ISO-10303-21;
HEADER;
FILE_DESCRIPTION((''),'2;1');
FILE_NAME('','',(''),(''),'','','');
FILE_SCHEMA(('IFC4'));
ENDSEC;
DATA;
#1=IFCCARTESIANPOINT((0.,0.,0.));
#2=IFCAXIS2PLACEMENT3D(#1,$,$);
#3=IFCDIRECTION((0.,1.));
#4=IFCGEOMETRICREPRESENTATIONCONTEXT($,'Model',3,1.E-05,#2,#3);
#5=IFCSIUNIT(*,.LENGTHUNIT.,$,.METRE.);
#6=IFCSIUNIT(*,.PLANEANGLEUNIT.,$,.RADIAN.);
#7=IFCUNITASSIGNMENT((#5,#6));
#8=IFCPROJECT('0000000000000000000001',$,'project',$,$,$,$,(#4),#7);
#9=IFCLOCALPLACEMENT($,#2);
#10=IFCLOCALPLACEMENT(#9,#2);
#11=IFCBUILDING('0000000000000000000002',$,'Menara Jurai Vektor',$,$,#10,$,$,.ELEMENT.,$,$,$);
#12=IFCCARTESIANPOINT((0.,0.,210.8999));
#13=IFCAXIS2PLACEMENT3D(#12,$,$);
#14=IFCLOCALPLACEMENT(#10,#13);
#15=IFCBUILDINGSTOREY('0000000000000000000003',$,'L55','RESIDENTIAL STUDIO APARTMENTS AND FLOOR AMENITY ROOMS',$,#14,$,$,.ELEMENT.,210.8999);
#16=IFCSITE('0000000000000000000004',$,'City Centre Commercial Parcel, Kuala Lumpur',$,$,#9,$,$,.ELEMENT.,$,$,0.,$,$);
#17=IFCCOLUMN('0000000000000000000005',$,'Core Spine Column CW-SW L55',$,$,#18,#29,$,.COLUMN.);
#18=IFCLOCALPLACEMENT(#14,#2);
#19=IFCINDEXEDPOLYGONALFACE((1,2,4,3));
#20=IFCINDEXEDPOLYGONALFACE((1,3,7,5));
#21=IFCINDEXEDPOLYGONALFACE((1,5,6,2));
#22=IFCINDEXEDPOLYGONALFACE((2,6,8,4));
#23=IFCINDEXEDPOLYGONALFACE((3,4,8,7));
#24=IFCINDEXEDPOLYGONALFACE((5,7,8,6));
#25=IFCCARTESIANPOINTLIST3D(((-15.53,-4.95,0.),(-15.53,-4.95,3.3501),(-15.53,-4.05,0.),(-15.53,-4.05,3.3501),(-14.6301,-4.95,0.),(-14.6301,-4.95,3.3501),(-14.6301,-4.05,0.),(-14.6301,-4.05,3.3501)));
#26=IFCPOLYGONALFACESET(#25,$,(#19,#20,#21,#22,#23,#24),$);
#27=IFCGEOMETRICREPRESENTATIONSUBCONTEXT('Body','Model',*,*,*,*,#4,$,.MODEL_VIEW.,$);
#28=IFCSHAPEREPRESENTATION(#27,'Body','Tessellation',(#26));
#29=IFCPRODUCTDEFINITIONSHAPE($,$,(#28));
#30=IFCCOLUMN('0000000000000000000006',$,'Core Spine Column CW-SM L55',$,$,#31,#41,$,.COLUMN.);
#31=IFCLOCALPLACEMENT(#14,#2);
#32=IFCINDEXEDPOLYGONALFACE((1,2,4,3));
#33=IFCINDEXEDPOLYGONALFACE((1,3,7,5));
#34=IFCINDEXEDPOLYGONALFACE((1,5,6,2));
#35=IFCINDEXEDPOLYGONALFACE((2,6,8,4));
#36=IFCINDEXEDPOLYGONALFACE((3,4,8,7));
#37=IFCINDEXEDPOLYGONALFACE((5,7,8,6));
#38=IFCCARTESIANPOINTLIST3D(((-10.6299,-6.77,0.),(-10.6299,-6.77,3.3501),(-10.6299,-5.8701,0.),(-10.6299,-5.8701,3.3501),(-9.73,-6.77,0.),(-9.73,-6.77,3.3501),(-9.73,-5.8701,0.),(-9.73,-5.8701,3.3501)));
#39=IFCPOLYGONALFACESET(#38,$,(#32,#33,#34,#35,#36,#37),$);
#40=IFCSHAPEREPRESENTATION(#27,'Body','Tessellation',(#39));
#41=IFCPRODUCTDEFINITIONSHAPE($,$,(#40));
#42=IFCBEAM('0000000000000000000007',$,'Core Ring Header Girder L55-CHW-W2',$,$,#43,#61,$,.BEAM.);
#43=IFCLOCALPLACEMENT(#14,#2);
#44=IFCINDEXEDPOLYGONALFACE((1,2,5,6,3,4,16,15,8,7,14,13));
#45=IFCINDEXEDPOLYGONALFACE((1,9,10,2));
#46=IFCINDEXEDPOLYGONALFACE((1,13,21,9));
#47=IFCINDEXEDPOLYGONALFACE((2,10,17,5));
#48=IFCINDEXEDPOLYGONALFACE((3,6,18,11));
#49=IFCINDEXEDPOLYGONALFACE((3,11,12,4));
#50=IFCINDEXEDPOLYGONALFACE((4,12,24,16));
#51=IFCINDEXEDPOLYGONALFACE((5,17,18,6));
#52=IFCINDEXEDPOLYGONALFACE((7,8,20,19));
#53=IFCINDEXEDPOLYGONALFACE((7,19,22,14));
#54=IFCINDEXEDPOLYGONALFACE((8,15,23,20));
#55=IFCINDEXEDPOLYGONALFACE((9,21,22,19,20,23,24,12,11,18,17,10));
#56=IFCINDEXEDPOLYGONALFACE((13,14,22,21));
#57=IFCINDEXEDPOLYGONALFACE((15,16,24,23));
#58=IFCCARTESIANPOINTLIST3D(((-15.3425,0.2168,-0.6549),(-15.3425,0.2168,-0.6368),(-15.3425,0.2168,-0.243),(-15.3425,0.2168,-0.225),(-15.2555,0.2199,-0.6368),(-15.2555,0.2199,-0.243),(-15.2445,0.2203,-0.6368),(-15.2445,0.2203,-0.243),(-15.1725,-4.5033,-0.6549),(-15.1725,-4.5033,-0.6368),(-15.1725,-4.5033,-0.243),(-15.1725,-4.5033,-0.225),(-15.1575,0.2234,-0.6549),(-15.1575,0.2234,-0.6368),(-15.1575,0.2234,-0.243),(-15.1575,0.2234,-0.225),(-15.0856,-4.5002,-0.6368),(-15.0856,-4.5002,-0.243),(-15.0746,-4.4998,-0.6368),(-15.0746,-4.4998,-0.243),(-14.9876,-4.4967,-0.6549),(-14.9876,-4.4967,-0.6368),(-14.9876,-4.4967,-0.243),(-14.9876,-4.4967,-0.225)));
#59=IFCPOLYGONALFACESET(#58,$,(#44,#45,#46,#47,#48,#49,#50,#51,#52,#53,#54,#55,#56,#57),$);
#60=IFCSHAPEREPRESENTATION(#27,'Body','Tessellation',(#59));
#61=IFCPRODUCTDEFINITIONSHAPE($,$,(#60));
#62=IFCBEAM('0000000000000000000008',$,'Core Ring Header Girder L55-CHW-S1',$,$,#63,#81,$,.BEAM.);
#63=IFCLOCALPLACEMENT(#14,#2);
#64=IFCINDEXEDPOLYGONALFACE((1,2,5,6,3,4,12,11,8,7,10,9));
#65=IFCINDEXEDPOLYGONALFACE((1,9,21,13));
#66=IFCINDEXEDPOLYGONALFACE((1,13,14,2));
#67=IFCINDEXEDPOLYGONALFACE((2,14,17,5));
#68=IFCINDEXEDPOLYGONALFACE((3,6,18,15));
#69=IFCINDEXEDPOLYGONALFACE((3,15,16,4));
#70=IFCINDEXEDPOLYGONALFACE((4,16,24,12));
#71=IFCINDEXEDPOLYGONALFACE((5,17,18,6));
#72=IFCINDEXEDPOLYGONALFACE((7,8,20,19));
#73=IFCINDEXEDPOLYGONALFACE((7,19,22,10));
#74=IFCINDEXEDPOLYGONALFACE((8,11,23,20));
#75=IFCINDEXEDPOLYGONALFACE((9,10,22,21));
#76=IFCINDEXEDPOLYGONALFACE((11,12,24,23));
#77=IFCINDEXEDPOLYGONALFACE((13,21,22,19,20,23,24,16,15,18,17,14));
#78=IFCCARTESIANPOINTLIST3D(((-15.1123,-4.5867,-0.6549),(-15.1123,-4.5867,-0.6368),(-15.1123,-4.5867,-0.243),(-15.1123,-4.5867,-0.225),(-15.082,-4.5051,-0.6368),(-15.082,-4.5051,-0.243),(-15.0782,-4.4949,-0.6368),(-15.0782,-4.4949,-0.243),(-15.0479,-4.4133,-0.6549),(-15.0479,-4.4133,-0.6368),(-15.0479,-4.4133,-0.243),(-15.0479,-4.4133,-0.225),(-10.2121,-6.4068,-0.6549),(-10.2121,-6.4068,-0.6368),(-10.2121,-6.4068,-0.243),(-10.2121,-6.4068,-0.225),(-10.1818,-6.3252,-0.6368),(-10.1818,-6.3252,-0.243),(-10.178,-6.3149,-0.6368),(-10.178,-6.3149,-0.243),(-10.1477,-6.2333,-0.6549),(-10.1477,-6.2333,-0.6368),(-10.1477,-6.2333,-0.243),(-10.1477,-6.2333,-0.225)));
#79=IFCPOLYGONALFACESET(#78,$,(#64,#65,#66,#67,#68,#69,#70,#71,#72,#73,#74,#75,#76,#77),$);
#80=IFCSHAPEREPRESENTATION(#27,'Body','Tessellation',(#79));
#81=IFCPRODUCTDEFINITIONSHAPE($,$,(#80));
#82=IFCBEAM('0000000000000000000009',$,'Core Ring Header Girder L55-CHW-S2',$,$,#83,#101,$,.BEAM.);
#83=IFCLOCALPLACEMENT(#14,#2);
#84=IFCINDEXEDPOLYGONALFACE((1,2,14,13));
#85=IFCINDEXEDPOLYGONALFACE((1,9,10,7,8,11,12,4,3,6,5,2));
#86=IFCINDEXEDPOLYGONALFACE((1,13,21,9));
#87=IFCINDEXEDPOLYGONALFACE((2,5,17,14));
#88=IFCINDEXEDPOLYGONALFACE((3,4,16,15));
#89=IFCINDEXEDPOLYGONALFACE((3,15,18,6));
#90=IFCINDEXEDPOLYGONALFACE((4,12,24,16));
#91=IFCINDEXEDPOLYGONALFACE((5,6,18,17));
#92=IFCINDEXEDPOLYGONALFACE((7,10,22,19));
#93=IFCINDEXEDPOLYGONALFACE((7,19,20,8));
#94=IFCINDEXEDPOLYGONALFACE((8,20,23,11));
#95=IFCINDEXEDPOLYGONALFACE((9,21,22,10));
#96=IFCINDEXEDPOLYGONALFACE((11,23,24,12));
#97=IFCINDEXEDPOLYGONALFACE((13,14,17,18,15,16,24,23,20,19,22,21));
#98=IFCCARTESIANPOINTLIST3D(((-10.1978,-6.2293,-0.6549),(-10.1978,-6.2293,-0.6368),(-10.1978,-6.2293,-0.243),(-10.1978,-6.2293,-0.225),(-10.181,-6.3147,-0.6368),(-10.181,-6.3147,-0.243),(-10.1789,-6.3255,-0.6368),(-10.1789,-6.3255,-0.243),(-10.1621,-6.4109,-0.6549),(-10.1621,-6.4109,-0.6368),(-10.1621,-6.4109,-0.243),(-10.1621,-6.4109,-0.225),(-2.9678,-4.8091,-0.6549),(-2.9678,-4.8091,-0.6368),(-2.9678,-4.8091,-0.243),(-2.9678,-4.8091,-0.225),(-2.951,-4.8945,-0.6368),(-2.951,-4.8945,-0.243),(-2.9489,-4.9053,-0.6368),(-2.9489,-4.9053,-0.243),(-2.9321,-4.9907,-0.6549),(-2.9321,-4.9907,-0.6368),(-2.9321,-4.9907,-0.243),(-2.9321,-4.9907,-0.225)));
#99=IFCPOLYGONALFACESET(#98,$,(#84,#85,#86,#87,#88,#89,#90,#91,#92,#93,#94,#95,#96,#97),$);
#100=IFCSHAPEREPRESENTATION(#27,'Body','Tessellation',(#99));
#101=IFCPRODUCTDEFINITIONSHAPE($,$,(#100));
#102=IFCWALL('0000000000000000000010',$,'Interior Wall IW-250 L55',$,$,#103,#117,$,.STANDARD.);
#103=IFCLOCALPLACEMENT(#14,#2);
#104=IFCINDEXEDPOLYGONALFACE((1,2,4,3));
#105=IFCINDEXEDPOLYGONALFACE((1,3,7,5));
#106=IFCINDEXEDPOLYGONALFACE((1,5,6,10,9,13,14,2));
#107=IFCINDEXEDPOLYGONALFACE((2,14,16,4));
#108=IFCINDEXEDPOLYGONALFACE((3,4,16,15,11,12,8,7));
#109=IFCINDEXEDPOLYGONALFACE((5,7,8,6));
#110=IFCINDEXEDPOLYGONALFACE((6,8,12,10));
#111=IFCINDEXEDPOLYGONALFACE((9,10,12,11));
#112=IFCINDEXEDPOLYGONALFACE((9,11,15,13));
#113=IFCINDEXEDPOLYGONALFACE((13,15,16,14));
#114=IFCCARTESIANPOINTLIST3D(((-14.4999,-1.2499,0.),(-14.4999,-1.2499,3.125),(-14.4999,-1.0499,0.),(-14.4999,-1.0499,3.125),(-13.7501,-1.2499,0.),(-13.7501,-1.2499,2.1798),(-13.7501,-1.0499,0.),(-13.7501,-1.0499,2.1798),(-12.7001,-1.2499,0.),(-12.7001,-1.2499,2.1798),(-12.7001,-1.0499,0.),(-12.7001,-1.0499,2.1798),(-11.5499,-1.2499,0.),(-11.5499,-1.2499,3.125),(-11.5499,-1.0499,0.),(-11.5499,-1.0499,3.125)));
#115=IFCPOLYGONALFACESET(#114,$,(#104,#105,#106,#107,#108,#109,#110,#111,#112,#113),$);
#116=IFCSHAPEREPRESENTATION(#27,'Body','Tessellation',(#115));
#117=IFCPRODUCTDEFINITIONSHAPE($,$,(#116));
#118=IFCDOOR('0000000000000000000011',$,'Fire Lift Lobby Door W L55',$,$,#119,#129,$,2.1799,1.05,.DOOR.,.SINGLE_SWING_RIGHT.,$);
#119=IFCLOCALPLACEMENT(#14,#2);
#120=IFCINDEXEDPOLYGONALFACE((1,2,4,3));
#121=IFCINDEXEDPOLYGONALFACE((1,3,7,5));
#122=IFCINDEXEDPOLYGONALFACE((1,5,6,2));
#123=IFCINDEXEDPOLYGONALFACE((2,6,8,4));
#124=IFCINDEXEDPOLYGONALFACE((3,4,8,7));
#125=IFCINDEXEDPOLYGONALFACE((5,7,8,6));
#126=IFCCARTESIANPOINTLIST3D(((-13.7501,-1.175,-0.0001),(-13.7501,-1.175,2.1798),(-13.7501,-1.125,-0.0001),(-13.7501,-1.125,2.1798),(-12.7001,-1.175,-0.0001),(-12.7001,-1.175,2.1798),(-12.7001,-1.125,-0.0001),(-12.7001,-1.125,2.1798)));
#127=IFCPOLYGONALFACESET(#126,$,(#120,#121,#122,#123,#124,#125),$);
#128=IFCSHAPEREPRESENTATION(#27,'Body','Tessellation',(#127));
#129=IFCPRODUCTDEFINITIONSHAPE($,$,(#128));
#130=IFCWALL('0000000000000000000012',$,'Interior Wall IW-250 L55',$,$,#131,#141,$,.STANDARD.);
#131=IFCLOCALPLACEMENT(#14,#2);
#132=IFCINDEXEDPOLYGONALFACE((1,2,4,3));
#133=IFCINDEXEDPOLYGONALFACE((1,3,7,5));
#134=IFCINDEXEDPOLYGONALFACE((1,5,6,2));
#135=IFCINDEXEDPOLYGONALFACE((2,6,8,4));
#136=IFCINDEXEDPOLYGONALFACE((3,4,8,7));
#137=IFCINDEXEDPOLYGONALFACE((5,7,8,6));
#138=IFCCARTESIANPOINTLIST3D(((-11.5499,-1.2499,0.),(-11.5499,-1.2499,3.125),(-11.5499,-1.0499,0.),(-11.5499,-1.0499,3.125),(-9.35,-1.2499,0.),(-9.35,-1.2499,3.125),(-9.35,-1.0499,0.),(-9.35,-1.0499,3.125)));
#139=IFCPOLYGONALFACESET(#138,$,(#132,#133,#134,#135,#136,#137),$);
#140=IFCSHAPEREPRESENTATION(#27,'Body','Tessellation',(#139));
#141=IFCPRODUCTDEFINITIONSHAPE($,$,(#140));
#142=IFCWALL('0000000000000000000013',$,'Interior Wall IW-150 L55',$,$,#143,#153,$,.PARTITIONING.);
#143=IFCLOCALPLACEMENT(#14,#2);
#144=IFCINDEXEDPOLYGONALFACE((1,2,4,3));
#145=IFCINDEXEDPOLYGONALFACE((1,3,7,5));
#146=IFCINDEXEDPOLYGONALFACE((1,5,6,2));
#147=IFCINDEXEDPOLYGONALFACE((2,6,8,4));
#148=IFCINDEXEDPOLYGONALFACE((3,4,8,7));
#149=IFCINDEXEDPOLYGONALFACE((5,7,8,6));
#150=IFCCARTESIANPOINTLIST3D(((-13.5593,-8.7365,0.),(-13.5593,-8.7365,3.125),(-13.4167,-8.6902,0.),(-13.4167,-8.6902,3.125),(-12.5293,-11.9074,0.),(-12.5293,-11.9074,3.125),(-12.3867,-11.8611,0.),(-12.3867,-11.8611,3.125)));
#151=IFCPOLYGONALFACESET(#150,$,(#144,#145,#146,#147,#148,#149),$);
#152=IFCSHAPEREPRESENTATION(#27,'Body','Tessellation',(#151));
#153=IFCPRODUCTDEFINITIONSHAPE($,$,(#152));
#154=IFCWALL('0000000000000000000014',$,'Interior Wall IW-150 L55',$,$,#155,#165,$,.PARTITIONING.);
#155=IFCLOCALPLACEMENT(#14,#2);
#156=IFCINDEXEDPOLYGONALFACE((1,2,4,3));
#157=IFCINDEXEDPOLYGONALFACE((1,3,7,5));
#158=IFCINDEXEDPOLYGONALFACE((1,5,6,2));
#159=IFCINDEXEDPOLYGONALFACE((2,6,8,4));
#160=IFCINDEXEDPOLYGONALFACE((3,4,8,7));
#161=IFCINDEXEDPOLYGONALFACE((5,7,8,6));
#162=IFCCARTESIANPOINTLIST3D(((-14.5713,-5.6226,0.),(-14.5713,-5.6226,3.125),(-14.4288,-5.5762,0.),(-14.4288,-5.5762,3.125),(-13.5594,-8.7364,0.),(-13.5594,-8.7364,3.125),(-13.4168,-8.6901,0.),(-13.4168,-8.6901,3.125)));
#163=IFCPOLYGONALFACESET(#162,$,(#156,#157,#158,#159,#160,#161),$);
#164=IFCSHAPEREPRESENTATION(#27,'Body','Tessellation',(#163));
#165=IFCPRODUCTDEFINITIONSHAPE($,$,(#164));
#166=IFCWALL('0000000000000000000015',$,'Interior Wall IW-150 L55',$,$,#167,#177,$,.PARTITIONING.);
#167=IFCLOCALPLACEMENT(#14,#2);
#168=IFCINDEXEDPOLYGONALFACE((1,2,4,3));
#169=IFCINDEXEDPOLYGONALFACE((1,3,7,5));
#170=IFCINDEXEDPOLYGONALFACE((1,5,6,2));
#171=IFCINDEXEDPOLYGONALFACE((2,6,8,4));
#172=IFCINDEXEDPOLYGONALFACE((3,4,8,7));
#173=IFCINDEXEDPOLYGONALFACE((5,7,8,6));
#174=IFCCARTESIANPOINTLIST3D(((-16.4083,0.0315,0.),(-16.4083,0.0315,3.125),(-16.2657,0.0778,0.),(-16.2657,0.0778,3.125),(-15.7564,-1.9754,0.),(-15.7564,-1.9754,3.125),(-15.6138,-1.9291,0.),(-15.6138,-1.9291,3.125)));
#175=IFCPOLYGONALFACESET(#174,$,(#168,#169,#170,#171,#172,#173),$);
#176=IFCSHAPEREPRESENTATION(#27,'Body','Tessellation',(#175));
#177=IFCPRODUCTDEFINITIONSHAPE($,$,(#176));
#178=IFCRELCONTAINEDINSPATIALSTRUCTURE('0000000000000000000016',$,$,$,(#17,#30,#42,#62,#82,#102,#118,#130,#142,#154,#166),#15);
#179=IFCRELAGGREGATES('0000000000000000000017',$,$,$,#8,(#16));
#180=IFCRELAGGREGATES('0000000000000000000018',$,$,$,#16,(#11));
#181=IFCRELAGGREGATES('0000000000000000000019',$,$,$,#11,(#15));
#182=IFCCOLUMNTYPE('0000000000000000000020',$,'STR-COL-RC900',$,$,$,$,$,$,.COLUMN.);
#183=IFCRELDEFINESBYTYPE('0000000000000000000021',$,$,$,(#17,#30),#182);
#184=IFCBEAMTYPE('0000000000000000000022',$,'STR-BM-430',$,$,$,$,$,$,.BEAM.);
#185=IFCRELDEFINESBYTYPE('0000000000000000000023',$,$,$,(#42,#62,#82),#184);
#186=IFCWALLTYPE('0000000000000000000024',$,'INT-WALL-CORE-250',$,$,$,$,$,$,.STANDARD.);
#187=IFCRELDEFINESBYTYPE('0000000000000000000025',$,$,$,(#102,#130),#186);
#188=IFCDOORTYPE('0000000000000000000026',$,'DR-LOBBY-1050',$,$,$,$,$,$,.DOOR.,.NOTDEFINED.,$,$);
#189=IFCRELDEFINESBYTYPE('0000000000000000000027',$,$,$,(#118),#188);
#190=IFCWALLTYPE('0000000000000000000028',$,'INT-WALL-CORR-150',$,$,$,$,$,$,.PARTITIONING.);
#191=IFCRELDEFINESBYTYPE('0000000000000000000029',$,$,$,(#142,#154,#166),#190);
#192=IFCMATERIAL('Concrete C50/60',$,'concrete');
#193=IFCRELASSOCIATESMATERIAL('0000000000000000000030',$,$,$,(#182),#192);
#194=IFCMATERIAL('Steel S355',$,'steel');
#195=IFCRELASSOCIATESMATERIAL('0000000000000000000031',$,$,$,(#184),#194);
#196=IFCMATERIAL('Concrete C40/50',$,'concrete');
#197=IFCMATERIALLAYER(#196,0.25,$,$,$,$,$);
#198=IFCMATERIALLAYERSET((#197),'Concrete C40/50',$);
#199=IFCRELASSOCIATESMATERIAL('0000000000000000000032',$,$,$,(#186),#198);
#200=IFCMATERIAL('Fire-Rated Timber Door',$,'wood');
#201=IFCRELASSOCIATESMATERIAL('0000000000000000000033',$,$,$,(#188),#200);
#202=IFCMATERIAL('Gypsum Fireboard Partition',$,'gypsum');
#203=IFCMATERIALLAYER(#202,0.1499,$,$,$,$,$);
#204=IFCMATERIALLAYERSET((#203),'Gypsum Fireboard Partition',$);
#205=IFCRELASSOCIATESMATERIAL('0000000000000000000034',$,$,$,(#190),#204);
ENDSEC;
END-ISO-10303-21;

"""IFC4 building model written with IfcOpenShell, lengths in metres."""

from ifc_helpers import new_model, si_unit, direction, frame, frame_2d, origin, origin_2d, place, context, subcontext, project, spatial, rectangle, i_section, extrude, material, layer, layer_set, material_profile, profile_set, type_object, element, fill, save


model = new_model("IFC4")

# Units and contexts
model_context = context("Model", 3, precision=1e-05, world=origin(), true_north=direction((0.0, 1.0)))
body_context = subcontext(model_context, "Body", "Model", "MODEL_VIEW")
ifc_project = project(units=[si_unit("LENGTHUNIT", "METRE"), si_unit("PLANEANGLEUNIT", "RADIAN")], contexts=[model_context])

# Site, building, storey
site_placement = place(None, origin())
site = spatial("IfcSite", under=ifc_project, at=site_placement, Name="City Centre Commercial Parcel, Kuala Lumpur", CompositionType="ELEMENT", RefElevation=0.0)
building_placement = place(site_placement, origin())
building = spatial("IfcBuilding", under=site, at=building_placement, Name="Menara Jurai Vektor", CompositionType="ELEMENT")
storey_placement = place(building_placement, frame((0.0, 0.0, 210.8999)))
storey = spatial("IfcBuildingStorey", under=building, at=storey_placement, Name="L55", Description="RESIDENTIAL STUDIO APARTMENTS AND FLOOR AMENITY ROOMS", CompositionType="ELEMENT", Elevation=210.8999)

# Columns
ifc_material_1 = material(Name="Concrete C50/60", Category="concrete")
ifc_material_profile_1 = material_profile(ifc_material_1, rectangle(XDim=0.8999, YDim=0.8999, at=origin_2d()), Name="RC 900x900")
ifc_profile_set_1 = profile_set([ifc_material_profile_1], Name="Concrete C50/60")
column_type = type_object("IfcColumnType", Name="STR-COL-RC900", PredefinedType="COLUMN", material=ifc_profile_set_1)
for number, where, z_axis, x_axis, name in (
    (1, (-15.0801, -4.5, 0.0), (0.0, 0.0, 1.0), (1.0, 0.0, 0.0), "Core Spine Column CW-SW L55"),
    (2, (-10.1799, -6.3201, 0.0), (0.0, 0.0, 1.0), (1.0, 0.0, 0.0), "Core Spine Column CW-SM L55"),
):
    element("IfcColumn", number, at=place(storey_placement, frame(where, z_axis=z_axis, x_axis=x_axis)), inside=storey, type_object=column_type, Name=name, PredefinedType="COLUMN", context=body_context, shape_type="SweptSolid", body=[
        extrude(rectangle(XDim=0.8999, YDim=0.8999, at=origin_2d()), origin(), (0.0, 0.0, 1.0), 3.3501),
    ])

# Beams
ifc_material_2 = material(Name="Steel S355", Category="steel")
ifc_material_profile_2 = material_profile(ifc_material_2, i_section(OverallWidth=0.1851, OverallDepth=0.4299, WebThickness=0.011, FlangeThickness=0.0181, at=origin_2d()), Name="PG 430x185x76")
ifc_profile_set_2 = profile_set([ifc_material_profile_2], Name="Steel S355")
beam_type = type_object("IfcBeamType", Name="STR-BM-430", PredefinedType="BEAM", material=ifc_profile_set_2)
beam_1_placement = place(storey_placement, frame((-15.0801, -4.5, -0.4399), z_axis=(-0.035977, 0.999353, 0.0), x_axis=(-0.999353, -0.035977, 0.0)))
element("IfcBeam", 3, at=beam_1_placement, inside=storey, type_object=beam_type, Name="Core Ring Header Girder L55-CHW-W2", PredefinedType="BEAM", context=body_context, shape_type="SweptSolid", body=[
    extrude(i_section(OverallWidth=0.1851, OverallDepth=0.4299, WebThickness=0.011, FlangeThickness=0.0181, at=origin_2d()), origin(), (0.0, 0.0, 1.0), 4.7231),
])
beam_2_placement = place(storey_placement, frame((-15.0801, -4.5, -0.4399), z_axis=(0.937424, -0.348189, 0.0), x_axis=(0.348189, 0.937424, 0.0)))
element("IfcBeam", 4, at=beam_2_placement, inside=storey, type_object=beam_type, Name="Core Ring Header Girder L55-CHW-S1", PredefinedType="BEAM", context=body_context, shape_type="SweptSolid", body=[
    extrude(i_section(OverallWidth=0.1851, OverallDepth=0.4299, WebThickness=0.011, FlangeThickness=0.0181, at=origin_2d()), origin(), (0.0, 0.0, 1.0), 5.2273),
])
beam_3_placement = place(storey_placement, frame((-10.1799, -6.3201, -0.4399), z_axis=(0.981249, 0.192744, 0.0), x_axis=(-0.192744, 0.981249, 0.0)))
element("IfcBeam", 5, at=beam_3_placement, inside=storey, type_object=beam_type, Name="Core Ring Header Girder L55-CHW-S2", PredefinedType="BEAM", context=body_context, shape_type="SweptSolid", body=[
    extrude(i_section(OverallWidth=0.1851, OverallDepth=0.4299, WebThickness=0.011, FlangeThickness=0.0181, at=origin_2d()), origin(), (0.0, 0.0, 1.0), 7.3682),
])

# Wall, opening, door
ifc_material_3 = material(Name="Concrete C40/50", Category="concrete")
ifc_layer_1 = layer(ifc_material_3, 0.25)
ifc_layer_set_1 = layer_set([ifc_layer_1], Name="Concrete C40/50")
wall_type_1 = type_object("IfcWallType", Name="INT-WALL-CORE-250", PredefinedType="STANDARD", material=ifc_layer_set_1)
wall_1_placement = place(storey_placement, frame((-14.5, -1.1499, 0.0), z_axis=(0.0, 0.0, 1.0), x_axis=(1.0, 0.0, 0.0)))
wall_1 = element("IfcWall", 6, at=wall_1_placement, inside=storey, type_object=wall_type_1, Name="Interior Wall IW-250 L55", PredefinedType="STANDARD", context=body_context, shape_type="SweptSolid", body=[
    extrude(rectangle(XDim=2.95, YDim=0.2, at=frame_2d((1.4751, 0.0))), origin(), (0.0, 0.0, 1.0), 3.125),
])
opening_1_placement = place(wall_1_placement, frame((0.75, 0.0, 0.0)))
opening_1 = element("IfcOpeningElement", 7, at=opening_1_placement, cuts=wall_1, PredefinedType="OPENING", context=body_context, shape_type="SweptSolid", body=[
    extrude(rectangle(XDim=1.05, YDim=2.1799, at=frame_2d((0.5249, 1.0898))), frame((0.0, 0.1099, 0.0), z_axis=(0.0, -1.0, 0.0), x_axis=(1.0, 0.0, 0.0)), (0.0, 0.0, 1.0), 0.22),
])
ifc_material_4 = material(Name="Fire-Rated Timber Door", Category="wood")
door_type_1 = type_object("IfcDoorType", Name="DR-LOBBY-1050", OperationType="NOTDEFINED", PredefinedType="DOOR", material=ifc_material_4)
door_1_placement = place(opening_1_placement, origin())
door_1 = element("IfcDoor", 8, at=door_1_placement, inside=storey, type_object=door_type_1, Name="Fire Lift Lobby Door W L55", OperationType="SINGLE_SWING_RIGHT", OverallHeight=2.1799, OverallWidth=1.05, PredefinedType="DOOR", context=body_context, shape_type="SweptSolid", body=[
    extrude(rectangle(XDim=1.05, YDim=2.1799, at=frame_2d((0.5249, 1.0898))), frame((0.0, 0.0249, 0.0), z_axis=(0.0, -1.0, 0.0), x_axis=(1.0, 0.0, 0.0)), (0.0, 0.0, 1.0), 0.05),
])
fill(opening_1, door_1)

# Walls
wall_2_placement = place(storey_placement, frame((-11.55, -1.1499, 0.0), z_axis=(0.0, 0.0, 1.0), x_axis=(1.0, 0.0, 0.0)))
element("IfcWall", 9, at=wall_2_placement, inside=storey, type_object=wall_type_1, Name="Interior Wall IW-250 L55", PredefinedType="STANDARD", context=body_context, shape_type="SweptSolid", body=[
    extrude(rectangle(XDim=2.2, YDim=0.2, at=frame_2d((1.1001, 0.0))), origin(), (0.0, 0.0, 1.0), 3.125),
])
ifc_material_5 = material(Name="Gypsum Fireboard Partition", Category="gypsum")
ifc_layer_2 = layer(ifc_material_5, 0.1499)
ifc_layer_set_2 = layer_set([ifc_layer_2], Name="Gypsum Fireboard Partition")
wall_type_2 = type_object("IfcWallType", Name="INT-WALL-CORR-150", PredefinedType="PARTITIONING", material=ifc_layer_set_2)
wall_3_placement = place(storey_placement, frame((-12.458, -11.8843, 0.0), z_axis=(0.0, 0.0, 1.0), x_axis=(-0.308947, 0.951079, 0.0)))
element("IfcWall", 10, at=wall_3_placement, inside=storey, type_object=wall_type_2, Name="Interior Wall IW-150 L55", PredefinedType="PARTITIONING", context=body_context, shape_type="SweptSolid", body=[
    extrude(rectangle(XDim=3.334, YDim=0.1499, at=frame_2d((1.667, 0.0))), origin(), (0.0, 0.0, 1.0), 3.125),
])
wall_4_placement = place(storey_placement, frame((-13.488, -8.7134, 0.0), z_axis=(0.0, 0.0, 1.0), x_axis=(-0.309083, 0.951035, 0.0)))
element("IfcWall", 11, at=wall_4_placement, inside=storey, type_object=wall_type_2, Name="Interior Wall IW-150 L55", PredefinedType="PARTITIONING", context=body_context, shape_type="SweptSolid", body=[
    extrude(rectangle(XDim=3.2742, YDim=0.1499, at=frame_2d((1.6372, 0.0))), origin(), (0.0, 0.0, 1.0), 3.125),
])
wall_5_placement = place(storey_placement, frame((-15.6851, -1.9524, 0.0), z_axis=(0.0, 0.0, 1.0), x_axis=(-0.308929, 0.951085, 0.0)))
element("IfcWall", 12, at=wall_5_placement, inside=storey, type_object=wall_type_2, Name="Interior Wall IW-150 L55", PredefinedType="PARTITIONING", context=body_context, shape_type="SweptSolid", body=[
    extrude(rectangle(XDim=2.1101, YDim=0.1499, at=frame_2d((1.0552, 0.0))), origin(), (0.0, 0.0, 1.0), 3.125),
])

save(model, "model.ifc")
